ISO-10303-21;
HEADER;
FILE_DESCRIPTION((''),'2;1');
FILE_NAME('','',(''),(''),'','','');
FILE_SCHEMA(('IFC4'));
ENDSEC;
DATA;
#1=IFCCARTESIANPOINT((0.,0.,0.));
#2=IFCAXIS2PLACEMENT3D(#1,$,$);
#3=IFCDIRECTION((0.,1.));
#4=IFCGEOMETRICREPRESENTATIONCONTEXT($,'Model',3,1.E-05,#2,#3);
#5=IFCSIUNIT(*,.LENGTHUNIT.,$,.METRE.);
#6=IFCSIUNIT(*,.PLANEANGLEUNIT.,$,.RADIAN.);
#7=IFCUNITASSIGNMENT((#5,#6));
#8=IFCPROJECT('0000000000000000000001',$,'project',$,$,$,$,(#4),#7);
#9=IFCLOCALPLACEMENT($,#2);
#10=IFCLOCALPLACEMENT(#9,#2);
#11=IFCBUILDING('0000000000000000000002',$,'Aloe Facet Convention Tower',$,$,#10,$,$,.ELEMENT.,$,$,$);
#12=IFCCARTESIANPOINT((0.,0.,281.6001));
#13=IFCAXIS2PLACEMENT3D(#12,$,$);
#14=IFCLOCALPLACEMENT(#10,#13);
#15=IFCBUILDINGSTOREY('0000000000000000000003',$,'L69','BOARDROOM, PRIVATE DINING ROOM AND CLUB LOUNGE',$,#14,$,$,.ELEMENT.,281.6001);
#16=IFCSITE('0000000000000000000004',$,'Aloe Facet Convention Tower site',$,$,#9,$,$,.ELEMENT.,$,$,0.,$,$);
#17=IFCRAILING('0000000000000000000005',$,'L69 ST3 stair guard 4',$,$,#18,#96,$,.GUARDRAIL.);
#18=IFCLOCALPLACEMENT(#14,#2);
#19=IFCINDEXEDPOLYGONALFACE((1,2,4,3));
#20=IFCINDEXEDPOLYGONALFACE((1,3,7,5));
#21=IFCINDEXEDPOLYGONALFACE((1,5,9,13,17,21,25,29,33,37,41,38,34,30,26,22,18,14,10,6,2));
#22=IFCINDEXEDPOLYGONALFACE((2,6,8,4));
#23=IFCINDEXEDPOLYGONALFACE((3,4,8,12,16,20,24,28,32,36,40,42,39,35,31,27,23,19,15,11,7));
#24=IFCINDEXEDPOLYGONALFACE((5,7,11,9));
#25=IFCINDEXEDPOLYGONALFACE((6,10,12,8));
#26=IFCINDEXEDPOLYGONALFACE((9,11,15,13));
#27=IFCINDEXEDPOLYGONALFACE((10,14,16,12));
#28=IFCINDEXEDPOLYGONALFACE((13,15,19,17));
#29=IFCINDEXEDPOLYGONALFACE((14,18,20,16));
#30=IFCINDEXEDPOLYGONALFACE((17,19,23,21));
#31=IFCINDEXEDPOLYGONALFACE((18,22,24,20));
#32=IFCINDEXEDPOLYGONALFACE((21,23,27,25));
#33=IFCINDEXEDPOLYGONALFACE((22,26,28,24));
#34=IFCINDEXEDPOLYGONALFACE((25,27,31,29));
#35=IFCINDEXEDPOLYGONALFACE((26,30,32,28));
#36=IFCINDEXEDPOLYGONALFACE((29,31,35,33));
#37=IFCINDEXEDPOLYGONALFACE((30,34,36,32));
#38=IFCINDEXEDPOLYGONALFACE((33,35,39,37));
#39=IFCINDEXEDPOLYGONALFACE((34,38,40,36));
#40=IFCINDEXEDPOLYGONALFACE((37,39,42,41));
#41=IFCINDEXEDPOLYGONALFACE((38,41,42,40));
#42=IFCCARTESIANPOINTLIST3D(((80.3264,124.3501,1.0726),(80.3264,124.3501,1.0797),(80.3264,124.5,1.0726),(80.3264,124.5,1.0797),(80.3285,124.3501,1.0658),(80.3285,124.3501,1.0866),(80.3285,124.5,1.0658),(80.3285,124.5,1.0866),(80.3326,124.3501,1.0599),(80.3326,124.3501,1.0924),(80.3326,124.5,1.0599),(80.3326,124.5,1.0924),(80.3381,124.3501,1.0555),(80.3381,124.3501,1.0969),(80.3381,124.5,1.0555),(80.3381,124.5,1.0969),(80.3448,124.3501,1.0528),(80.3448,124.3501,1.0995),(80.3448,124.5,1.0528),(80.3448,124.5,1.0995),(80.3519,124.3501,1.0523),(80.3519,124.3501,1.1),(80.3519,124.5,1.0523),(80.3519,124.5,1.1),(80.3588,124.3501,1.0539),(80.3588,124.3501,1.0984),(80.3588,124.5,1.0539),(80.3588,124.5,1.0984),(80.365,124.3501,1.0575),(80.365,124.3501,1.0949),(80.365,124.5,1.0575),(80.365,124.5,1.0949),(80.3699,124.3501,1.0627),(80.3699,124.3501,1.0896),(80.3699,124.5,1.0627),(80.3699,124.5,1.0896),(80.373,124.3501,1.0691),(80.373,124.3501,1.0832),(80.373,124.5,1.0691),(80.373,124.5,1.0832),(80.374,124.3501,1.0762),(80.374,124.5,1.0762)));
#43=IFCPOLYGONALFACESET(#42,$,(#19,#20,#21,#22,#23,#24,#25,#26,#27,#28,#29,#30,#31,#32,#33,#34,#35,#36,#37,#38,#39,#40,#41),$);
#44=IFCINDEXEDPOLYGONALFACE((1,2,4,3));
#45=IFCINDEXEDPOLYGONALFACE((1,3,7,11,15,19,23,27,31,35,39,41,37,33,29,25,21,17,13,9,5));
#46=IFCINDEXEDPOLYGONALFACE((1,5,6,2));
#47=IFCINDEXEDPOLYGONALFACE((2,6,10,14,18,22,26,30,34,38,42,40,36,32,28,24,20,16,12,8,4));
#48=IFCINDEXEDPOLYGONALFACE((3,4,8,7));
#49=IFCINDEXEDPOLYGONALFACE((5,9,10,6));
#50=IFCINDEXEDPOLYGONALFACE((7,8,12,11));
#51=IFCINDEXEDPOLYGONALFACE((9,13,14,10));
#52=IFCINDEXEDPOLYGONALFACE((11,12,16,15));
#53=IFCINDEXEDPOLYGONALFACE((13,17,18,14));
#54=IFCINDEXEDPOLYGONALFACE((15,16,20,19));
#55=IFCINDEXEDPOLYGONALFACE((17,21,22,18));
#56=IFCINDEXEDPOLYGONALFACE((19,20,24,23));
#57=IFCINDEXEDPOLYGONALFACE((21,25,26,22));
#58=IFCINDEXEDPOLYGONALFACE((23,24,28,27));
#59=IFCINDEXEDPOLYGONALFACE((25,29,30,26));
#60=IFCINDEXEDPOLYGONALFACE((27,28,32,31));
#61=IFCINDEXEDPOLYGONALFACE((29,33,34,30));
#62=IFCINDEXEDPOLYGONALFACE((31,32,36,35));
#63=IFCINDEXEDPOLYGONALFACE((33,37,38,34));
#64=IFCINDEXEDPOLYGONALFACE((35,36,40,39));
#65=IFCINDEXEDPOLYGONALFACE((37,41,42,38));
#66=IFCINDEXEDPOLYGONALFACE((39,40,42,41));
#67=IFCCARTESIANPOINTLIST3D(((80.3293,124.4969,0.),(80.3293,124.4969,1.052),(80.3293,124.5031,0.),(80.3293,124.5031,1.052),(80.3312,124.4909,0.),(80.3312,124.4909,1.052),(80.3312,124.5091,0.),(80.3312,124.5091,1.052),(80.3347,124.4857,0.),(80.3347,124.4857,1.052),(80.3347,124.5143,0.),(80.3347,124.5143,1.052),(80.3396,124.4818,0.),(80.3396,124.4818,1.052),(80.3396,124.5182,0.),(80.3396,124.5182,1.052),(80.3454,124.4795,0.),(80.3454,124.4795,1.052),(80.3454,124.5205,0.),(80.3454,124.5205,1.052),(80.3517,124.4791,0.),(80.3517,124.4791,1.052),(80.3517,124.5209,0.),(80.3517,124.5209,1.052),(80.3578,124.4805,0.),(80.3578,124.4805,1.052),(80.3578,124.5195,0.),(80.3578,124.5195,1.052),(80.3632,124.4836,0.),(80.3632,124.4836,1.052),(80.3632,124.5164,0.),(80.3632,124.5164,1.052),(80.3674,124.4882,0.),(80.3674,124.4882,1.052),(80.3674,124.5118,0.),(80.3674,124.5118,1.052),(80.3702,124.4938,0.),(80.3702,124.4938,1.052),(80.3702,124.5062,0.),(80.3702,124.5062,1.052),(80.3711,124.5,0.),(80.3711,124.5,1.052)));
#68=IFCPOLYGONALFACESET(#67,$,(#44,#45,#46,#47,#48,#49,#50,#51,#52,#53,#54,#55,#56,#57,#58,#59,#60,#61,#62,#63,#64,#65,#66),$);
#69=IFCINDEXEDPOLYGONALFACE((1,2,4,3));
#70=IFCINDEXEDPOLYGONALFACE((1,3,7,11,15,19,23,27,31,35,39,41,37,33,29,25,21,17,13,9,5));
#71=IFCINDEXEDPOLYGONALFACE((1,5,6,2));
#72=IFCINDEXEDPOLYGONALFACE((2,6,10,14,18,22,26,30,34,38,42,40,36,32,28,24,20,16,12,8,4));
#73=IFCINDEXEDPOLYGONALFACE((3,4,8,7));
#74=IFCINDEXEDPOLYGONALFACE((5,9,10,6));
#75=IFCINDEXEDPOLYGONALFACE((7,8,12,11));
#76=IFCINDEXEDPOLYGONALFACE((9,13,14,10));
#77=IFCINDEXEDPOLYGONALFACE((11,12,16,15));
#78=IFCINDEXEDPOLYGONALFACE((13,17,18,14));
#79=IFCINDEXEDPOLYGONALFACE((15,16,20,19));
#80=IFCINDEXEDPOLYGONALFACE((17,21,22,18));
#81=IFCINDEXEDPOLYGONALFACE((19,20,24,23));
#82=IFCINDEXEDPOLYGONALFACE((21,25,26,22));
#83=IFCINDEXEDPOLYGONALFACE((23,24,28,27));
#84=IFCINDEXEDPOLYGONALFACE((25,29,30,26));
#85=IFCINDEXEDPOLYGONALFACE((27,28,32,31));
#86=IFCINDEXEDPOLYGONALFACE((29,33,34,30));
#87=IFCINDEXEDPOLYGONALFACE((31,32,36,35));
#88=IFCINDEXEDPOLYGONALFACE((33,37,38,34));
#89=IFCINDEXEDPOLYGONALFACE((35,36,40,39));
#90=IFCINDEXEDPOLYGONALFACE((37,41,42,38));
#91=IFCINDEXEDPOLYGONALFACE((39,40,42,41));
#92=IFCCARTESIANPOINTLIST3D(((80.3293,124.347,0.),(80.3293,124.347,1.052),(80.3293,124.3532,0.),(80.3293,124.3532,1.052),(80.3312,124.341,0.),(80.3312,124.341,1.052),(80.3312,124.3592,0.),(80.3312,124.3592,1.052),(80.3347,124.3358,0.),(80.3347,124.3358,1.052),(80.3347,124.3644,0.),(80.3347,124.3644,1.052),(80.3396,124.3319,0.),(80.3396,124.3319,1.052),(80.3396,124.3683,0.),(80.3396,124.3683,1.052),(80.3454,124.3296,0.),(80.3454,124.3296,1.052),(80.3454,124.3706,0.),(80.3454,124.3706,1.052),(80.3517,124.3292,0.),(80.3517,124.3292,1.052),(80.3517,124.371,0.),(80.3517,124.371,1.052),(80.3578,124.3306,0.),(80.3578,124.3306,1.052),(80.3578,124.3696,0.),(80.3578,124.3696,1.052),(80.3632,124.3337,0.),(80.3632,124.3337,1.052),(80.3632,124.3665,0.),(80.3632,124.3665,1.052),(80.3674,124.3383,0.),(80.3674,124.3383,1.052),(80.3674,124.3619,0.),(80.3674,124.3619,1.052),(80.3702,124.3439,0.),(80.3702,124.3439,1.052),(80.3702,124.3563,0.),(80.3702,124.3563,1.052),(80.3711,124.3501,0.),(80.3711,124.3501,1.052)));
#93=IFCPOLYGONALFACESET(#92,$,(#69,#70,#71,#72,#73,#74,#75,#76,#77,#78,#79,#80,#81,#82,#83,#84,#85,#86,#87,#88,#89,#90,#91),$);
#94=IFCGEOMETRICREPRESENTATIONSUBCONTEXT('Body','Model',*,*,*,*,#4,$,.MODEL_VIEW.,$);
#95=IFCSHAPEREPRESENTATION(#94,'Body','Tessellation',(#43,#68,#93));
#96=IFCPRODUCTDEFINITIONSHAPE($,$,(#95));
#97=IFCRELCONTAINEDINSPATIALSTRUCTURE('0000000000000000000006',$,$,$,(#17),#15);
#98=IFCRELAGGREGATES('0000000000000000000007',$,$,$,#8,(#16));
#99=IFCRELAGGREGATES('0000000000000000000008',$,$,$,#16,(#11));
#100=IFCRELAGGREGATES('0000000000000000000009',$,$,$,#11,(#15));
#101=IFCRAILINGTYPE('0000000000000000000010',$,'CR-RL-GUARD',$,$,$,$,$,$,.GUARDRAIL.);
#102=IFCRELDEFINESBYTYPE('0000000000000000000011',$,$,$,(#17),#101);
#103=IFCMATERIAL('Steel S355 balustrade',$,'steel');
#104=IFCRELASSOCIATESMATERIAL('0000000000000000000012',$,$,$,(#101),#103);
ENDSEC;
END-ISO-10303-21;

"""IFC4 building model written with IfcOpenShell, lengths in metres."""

from ifc_helpers import new_model, si_unit, direction, frame, origin, origin_2d, place, context, subcontext, project, spatial, circle, extrude, material, type_object, element, save


model = new_model("IFC4")

# Units and contexts
model_context = context("Model", 3, precision=1e-05, world=origin(), true_north=direction((0.0, 1.0)))
body_context = subcontext(model_context, "Body", "Model", "MODEL_VIEW")
ifc_project = project(units=[si_unit("LENGTHUNIT", "METRE"), si_unit("PLANEANGLEUNIT", "RADIAN")], contexts=[model_context])

# Site, building, storey
site_placement = place(None, origin())
site = spatial("IfcSite", under=ifc_project, at=site_placement, Name="Aloe Facet Convention Tower site", CompositionType="ELEMENT", RefElevation=0.0)
building_placement = place(site_placement, origin())
building = spatial("IfcBuilding", under=site, at=building_placement, Name="Aloe Facet Convention Tower", CompositionType="ELEMENT")
storey_placement = place(building_placement, frame((0.0, 0.0, 281.6001)))
storey = spatial("IfcBuildingStorey", under=building, at=storey_placement, Name="L69", Description="BOARDROOM, PRIVATE DINING ROOM AND CLUB LOUNGE", CompositionType="ELEMENT", Elevation=281.6001)

# Railing
ifc_material_1 = material(Name="Steel S355 balustrade", Category="steel")
railing_type = type_object("IfcRailingType", Name="CR-RL-GUARD", PredefinedType="GUARDRAIL", material=ifc_material_1)
railing_1_placement = place(storey_placement, frame((80.3501, 124.5, 0.0)))
element("IfcRailing", 1, at=railing_1_placement, inside=storey, type_object=railing_type, Name="L69 ST3 stair guard 4", PredefinedType="GUARDRAIL", context=body_context, shape_type="SweptSolid", body=[
    extrude(circle(Radius=0.0239, at=origin_2d()), frame((0.0, 0.0, 1.0762), z_axis=(0.0, -1.0, 0.0), x_axis=(1.0, 0.0, 0.0)), (0.0, 0.0, 1.0), 0.1499),
    extrude(circle(Radius=0.021, at=origin_2d()), origin(), (0.0, 0.0, 1.0), 1.052),
    extrude(circle(Radius=0.021, at=origin_2d()), frame((0.0, -0.1499, 0.0)), (0.0, 0.0, 1.0), 1.052),
])

save(model, "model.ifc")
